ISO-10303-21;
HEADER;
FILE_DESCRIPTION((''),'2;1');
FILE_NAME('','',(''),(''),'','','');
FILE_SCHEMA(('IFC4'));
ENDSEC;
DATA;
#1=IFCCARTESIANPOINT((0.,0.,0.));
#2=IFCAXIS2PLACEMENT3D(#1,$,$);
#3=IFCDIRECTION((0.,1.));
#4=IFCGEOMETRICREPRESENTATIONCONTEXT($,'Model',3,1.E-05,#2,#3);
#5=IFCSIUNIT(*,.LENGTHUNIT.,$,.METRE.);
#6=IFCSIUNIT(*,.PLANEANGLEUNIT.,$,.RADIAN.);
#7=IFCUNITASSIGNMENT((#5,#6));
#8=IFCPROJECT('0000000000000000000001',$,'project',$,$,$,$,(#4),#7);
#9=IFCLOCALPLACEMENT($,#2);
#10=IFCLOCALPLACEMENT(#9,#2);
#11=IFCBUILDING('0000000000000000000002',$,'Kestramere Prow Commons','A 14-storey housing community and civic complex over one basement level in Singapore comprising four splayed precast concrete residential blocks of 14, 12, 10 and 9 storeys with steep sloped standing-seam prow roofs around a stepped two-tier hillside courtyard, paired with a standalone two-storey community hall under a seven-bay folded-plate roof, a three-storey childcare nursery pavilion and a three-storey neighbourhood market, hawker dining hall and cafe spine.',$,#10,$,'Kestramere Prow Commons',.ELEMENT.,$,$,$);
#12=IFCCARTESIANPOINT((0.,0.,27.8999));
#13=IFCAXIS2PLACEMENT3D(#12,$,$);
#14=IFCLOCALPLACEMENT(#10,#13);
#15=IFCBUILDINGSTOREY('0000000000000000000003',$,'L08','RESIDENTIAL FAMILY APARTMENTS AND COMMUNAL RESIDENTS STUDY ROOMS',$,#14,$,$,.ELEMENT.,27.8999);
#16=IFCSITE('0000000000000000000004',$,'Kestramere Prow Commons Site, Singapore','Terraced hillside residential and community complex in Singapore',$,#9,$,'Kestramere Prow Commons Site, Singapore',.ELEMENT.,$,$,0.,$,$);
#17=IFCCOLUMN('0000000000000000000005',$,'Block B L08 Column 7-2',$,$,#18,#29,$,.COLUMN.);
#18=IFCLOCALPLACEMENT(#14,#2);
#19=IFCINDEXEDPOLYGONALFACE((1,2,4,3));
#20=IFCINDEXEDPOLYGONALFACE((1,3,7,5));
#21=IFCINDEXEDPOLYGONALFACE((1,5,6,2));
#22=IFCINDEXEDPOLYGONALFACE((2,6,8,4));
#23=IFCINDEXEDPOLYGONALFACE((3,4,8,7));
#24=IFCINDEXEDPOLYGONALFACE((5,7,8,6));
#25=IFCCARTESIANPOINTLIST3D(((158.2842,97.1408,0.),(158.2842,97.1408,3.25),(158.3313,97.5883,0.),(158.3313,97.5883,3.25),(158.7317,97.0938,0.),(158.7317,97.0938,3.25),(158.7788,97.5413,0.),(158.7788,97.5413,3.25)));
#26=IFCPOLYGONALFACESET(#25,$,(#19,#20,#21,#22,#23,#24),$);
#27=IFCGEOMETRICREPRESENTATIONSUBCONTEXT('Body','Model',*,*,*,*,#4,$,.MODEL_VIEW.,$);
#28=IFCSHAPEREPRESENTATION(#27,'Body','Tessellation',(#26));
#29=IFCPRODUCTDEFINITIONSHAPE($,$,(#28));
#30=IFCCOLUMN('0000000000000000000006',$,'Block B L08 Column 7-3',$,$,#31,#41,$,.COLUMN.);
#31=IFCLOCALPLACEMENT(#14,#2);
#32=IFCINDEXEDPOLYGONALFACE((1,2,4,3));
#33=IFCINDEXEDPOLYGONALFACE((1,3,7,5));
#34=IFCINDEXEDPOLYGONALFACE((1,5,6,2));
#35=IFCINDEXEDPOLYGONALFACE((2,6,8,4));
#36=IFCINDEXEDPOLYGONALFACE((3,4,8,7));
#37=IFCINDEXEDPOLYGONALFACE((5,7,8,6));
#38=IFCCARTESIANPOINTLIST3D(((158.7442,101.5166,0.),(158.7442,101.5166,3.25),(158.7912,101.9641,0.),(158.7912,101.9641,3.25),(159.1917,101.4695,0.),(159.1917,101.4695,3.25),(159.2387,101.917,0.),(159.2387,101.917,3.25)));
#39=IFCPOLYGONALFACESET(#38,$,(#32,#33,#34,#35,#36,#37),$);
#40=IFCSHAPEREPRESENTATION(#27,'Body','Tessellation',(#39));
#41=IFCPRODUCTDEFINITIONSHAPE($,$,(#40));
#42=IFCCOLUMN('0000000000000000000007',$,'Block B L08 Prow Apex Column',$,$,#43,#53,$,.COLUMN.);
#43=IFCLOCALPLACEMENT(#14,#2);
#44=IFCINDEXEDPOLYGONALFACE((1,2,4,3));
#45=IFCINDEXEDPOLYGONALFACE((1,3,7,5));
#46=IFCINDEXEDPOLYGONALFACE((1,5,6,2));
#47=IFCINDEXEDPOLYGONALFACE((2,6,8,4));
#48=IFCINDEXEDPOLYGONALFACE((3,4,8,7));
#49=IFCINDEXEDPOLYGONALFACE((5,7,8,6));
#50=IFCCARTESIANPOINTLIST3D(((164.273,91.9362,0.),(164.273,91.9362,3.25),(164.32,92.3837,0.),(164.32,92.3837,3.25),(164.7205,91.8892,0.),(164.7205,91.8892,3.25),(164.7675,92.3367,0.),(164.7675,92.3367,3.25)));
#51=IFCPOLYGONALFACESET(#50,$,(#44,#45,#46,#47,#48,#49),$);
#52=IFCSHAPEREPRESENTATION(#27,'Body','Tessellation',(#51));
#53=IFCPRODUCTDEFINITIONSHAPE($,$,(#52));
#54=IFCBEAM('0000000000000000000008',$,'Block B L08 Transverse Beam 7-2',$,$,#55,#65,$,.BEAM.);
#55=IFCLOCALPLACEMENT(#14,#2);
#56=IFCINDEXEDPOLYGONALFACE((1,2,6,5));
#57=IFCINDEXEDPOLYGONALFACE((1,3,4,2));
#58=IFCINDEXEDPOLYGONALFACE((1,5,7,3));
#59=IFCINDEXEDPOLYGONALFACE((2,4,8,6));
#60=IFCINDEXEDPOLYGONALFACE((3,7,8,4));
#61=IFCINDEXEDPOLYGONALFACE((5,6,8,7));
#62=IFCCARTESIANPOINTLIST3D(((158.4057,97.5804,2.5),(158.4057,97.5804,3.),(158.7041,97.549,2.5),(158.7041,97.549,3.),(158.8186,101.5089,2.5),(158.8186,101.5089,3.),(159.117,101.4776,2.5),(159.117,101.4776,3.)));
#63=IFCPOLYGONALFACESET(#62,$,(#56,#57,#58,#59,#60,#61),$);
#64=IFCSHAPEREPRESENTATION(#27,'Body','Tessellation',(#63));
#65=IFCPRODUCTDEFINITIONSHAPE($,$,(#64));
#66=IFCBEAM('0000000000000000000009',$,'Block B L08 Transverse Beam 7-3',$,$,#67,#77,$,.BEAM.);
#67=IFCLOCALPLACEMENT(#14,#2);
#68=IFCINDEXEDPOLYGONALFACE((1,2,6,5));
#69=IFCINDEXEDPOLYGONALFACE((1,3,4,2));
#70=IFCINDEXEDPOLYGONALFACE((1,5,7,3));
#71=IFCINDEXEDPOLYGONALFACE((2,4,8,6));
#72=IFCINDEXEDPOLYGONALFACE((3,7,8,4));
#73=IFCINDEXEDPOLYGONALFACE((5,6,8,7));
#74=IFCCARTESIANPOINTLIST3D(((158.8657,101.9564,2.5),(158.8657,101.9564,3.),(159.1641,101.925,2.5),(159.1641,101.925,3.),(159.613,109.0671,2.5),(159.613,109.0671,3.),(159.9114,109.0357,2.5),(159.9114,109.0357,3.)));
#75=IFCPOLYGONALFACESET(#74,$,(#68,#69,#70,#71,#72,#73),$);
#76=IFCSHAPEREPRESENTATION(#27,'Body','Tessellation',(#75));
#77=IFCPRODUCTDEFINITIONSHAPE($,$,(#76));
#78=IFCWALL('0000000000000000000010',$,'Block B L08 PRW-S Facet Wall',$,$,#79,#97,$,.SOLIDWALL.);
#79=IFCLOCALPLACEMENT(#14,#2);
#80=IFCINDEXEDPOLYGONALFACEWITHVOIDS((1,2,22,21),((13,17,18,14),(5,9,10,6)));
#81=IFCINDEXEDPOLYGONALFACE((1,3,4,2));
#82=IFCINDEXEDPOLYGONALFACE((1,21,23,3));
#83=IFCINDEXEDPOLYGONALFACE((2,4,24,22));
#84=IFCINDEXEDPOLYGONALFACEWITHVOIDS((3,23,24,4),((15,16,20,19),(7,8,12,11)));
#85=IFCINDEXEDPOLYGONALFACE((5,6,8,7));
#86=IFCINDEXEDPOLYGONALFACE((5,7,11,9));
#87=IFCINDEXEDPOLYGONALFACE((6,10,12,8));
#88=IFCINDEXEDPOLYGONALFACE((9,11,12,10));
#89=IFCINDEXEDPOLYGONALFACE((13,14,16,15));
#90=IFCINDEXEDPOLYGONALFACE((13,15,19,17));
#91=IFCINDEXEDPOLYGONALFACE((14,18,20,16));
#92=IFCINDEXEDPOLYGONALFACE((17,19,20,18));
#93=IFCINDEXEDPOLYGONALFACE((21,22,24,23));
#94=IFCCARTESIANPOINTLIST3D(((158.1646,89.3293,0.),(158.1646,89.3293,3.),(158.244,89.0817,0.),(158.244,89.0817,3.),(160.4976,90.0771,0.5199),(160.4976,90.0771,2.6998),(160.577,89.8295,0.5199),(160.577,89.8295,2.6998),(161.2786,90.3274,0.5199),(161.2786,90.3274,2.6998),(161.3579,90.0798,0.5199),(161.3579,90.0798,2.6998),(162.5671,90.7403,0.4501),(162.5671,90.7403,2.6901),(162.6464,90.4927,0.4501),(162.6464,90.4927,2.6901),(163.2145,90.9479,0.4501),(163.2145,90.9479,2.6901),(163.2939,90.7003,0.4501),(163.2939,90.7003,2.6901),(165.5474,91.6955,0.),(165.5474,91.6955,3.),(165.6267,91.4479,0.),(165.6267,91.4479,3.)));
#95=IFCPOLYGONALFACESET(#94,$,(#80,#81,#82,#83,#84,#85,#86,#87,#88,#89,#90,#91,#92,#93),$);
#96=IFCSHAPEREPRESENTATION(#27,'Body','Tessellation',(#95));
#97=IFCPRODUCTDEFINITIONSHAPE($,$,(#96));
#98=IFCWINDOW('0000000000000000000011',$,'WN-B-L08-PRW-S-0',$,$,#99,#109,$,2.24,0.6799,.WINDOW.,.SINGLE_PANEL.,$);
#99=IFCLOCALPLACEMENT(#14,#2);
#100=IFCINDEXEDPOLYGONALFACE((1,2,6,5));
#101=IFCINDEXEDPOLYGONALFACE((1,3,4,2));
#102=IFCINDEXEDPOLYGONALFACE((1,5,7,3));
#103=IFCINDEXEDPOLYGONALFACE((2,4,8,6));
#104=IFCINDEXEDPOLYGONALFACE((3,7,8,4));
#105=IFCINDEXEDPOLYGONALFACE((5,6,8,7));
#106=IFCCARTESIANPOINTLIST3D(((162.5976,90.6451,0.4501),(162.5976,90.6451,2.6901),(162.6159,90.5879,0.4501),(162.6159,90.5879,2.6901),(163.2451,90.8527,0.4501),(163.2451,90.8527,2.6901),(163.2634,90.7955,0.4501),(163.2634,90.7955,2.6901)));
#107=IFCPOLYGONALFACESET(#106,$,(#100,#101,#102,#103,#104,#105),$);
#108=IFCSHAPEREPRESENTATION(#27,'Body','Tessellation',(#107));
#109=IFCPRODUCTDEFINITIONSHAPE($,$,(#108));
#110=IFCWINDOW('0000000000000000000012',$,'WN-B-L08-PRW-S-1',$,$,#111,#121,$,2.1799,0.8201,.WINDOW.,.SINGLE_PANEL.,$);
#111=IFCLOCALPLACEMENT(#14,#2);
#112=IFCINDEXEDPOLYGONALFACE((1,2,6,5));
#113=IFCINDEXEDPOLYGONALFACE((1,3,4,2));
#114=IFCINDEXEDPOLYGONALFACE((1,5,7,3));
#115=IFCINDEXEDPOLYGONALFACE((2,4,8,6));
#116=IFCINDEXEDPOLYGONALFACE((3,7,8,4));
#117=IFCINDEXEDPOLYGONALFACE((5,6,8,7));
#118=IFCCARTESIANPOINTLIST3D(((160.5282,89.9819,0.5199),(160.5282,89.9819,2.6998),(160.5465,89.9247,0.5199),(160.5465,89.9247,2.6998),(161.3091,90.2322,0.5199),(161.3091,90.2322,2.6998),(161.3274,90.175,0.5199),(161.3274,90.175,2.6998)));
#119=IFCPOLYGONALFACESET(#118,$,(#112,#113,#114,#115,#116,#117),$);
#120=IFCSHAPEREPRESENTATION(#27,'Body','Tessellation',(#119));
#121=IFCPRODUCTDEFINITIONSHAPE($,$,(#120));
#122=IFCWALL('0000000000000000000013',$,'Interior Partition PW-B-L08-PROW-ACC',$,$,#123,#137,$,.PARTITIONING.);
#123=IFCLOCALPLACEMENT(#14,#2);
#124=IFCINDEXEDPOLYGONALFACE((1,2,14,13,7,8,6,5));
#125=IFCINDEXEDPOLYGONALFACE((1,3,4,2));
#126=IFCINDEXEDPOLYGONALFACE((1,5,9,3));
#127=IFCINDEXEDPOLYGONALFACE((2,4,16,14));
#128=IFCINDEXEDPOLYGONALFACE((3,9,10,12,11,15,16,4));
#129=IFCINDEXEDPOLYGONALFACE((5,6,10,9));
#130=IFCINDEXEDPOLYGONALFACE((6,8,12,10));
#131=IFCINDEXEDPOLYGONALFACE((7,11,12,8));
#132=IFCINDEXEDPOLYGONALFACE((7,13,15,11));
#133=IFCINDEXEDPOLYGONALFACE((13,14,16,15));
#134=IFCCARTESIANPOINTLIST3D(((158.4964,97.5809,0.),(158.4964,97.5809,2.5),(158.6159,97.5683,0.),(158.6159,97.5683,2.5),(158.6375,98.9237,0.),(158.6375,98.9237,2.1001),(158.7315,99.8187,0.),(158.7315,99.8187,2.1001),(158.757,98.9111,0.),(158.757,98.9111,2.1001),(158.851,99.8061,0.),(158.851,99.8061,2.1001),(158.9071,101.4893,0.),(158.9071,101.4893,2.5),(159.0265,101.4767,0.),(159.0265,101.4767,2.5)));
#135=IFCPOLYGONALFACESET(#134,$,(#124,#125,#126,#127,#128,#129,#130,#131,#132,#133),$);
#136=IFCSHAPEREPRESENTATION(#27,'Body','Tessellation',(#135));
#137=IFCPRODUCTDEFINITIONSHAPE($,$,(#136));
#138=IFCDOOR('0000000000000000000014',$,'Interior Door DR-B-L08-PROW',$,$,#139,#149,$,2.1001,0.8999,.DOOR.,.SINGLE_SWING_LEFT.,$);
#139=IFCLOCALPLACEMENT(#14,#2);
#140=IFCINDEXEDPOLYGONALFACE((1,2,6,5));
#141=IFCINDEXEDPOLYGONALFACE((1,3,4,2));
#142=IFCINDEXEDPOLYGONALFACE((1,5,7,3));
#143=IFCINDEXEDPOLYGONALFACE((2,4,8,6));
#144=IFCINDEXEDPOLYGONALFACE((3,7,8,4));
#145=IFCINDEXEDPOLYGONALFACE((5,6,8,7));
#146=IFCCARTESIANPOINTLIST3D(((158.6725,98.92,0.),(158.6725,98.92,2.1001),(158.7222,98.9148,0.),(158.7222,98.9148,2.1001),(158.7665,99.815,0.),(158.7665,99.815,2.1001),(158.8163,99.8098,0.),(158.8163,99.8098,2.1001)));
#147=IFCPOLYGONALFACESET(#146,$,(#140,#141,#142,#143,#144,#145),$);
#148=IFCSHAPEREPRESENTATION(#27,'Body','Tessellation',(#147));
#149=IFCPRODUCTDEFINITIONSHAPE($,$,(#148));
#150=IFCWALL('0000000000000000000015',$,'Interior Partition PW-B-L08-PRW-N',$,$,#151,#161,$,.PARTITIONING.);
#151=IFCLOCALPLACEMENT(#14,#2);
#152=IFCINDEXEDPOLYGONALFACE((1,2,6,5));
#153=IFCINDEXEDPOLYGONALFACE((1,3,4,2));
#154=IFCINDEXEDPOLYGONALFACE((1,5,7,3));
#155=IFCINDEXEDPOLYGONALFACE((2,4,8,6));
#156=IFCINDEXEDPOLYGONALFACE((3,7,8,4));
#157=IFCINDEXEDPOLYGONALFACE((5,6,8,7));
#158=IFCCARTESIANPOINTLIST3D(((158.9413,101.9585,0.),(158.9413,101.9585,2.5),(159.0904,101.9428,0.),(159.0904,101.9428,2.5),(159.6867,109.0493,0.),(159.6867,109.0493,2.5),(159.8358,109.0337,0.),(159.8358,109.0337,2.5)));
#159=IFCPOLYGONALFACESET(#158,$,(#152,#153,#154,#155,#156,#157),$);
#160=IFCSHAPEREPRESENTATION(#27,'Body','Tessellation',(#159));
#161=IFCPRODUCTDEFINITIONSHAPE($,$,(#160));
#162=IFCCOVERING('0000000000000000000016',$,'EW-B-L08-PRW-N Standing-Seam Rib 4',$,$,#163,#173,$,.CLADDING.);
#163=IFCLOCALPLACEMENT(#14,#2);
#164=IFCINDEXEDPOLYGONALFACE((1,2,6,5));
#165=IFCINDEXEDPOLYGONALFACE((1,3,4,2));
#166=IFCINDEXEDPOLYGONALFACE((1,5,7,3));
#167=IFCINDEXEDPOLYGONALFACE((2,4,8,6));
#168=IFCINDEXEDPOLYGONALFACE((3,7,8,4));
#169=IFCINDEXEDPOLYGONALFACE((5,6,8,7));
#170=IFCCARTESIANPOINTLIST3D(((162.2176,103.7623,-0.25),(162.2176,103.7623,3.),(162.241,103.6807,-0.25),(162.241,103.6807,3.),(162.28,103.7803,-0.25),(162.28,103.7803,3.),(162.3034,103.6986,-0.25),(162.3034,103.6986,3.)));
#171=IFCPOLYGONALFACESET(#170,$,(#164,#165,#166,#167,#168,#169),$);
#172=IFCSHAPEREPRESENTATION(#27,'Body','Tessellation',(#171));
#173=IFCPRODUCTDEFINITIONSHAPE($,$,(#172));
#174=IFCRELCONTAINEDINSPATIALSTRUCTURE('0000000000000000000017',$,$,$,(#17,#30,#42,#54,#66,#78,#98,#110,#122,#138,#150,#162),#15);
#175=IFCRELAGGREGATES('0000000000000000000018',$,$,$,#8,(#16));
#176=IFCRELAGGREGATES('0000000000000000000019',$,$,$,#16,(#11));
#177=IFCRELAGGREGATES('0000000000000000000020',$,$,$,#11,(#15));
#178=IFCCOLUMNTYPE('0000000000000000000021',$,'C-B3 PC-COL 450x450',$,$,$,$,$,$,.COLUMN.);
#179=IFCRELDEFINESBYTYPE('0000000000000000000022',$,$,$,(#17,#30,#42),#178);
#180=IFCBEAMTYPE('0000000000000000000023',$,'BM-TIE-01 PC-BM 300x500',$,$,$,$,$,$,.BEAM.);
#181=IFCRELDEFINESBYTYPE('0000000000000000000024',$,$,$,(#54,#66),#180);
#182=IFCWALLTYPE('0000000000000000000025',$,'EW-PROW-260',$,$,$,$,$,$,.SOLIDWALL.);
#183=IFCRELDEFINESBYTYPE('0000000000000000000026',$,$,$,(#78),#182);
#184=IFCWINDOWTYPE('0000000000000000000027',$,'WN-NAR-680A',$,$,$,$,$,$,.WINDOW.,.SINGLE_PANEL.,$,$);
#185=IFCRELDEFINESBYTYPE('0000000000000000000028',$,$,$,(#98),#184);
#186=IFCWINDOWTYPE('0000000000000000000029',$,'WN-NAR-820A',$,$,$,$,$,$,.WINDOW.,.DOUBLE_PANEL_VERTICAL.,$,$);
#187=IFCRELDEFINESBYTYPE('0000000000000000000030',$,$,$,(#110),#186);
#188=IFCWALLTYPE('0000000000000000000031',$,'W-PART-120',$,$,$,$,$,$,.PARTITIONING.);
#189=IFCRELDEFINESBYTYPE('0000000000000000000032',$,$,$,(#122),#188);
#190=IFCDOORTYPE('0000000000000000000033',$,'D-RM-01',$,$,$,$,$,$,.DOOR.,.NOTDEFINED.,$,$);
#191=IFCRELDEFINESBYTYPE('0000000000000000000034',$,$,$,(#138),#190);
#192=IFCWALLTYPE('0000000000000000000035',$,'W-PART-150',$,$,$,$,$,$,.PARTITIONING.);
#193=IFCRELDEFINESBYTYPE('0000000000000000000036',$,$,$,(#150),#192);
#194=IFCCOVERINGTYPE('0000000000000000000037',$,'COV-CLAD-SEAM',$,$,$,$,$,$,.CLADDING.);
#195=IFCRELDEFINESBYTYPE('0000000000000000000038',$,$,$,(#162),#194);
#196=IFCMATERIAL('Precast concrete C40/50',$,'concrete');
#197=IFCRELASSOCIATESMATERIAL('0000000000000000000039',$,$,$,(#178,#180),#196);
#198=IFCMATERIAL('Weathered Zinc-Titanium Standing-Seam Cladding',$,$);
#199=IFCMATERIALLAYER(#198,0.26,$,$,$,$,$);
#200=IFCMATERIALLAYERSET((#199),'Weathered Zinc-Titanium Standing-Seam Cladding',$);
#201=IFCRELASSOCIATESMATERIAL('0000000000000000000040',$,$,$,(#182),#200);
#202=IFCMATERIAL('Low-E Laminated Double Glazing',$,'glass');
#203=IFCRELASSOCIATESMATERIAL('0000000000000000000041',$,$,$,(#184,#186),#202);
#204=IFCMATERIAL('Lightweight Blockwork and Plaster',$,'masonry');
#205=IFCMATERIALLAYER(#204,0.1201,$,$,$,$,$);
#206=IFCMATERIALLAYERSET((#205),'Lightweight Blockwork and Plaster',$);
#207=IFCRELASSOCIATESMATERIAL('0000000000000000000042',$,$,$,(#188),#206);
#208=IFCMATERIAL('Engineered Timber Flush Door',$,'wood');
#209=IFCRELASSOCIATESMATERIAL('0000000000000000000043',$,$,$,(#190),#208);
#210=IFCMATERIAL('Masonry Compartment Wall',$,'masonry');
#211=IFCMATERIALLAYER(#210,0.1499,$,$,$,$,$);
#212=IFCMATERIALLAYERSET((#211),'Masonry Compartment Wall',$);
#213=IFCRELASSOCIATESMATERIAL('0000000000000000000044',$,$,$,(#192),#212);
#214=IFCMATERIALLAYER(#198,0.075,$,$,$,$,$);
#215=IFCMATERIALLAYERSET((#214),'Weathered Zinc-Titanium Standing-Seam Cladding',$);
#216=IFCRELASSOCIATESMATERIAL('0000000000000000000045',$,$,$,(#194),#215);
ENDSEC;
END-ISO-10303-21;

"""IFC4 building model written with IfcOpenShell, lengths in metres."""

from ifc_helpers import new_model, si_unit, direction, frame, frame_2d, origin, origin_2d, place, context, subcontext, project, spatial, rectangle, extrude, material, layer, layer_set, material_profile, profile_set, type_object, element, fill, save


model = new_model("IFC4")

# Units and contexts
model_context = context("Model", 3, precision=1e-05, world=origin(), true_north=direction((0.0, 1.0)))
body_context = subcontext(model_context, "Body", "Model", "MODEL_VIEW")
ifc_project = project(units=[si_unit("LENGTHUNIT", "METRE"), si_unit("PLANEANGLEUNIT", "RADIAN")], contexts=[model_context])

# Site, building, storey
site_placement = place(None, origin())
site = spatial("IfcSite", under=ifc_project, at=site_placement, Name="Kestramere Prow Commons Site, Singapore", Description="Terraced hillside residential and community complex in Singapore", LongName="Kestramere Prow Commons Site, Singapore", CompositionType="ELEMENT", RefElevation=0.0)
building_placement = place(site_placement, origin())
building = spatial("IfcBuilding", under=site, at=building_placement, Name="Kestramere Prow Commons", Description="A 14-storey housing community and civic complex over one basement level in Singapore comprising four splayed precast concrete residential blocks of 14, 12, 10 and 9 storeys with steep sloped standing-seam prow roofs around a stepped two-tier hillside courtyard, paired with a standalone two-storey community hall under a seven-bay folded-plate roof, a three-storey childcare nursery pavilion and a three-storey neighbourhood market, hawker dining hall and cafe spine.", LongName="Kestramere Prow Commons", CompositionType="ELEMENT")
storey_placement = place(building_placement, frame((0.0, 0.0, 27.8999)))
storey = spatial("IfcBuildingStorey", under=building, at=storey_placement, Name="L08", Description="RESIDENTIAL FAMILY APARTMENTS AND COMMUNAL RESIDENTS STUDY ROOMS", CompositionType="ELEMENT", Elevation=27.8999)

# Columns
ifc_material_1 = material(Name="Precast concrete C40/50", Category="concrete")
ifc_material_profile_1 = material_profile(ifc_material_1, rectangle(XDim=0.45, YDim=0.45, at=origin_2d()), Name="PC-COL 450x450")
ifc_profile_set_1 = profile_set([ifc_material_profile_1], Name="Precast concrete C40/50")
column_type = type_object("IfcColumnType", Name="C-B3 PC-COL 450x450", PredefinedType="COLUMN", material=ifc_profile_set_1)
for number, where, z_axis, x_axis, name in (
    (1, (158.5315, 97.3411, 0.0), (0.0, 0.0, 1.0), (0.994522, -0.104528, 0.0), "Block B L08 Column 7-2"),
    (2, (158.9915, 101.7168, 0.0), (0.0, 0.0, 1.0), (0.994522, -0.104528, 0.0), "Block B L08 Column 7-3"),
    (3, (164.5203, 92.1365, 0.0), (0.0, 0.0, 1.0), (0.994522, -0.104528, 0.0), "Block B L08 Prow Apex Column"),
):
    element("IfcColumn", number, at=place(storey_placement, frame(where, z_axis=z_axis, x_axis=x_axis)), inside=storey, type_object=column_type, Name=name, PredefinedType="COLUMN", context=body_context, shape_type="SweptSolid", body=[
        extrude(rectangle(XDim=0.45, YDim=0.45, at=origin_2d()), origin(), (0.0, 0.0, 1.0), 3.25),
    ])

# Beams
ifc_material_profile_2 = material_profile(ifc_material_1, rectangle(XDim=0.3, YDim=0.5, at=origin_2d()), Name="PC-BM 300x500")
ifc_profile_set_2 = profile_set([ifc_material_profile_2], Name="Precast concrete C40/50")
beam_type = type_object("IfcBeamType", Name="BM-TIE-01 PC-BM 300x500", PredefinedType="BEAM", material=ifc_profile_set_2)
beam_1_placement = place(storey_placement, frame((158.5549, 97.5647, 2.75), z_axis=(0.104514, 0.994523, 0.0), x_axis=(-0.994523, 0.104514, 0.0)))
element("IfcBeam", 4, at=beam_1_placement, inside=storey, type_object=beam_type, Name="Block B L08 Transverse Beam 7-2", PredefinedType="BEAM", context=body_context, shape_type="SweptSolid", body=[
    extrude(rectangle(XDim=0.3, YDim=0.5, at=origin_2d()), origin(), (0.0, 0.0, 1.0), 3.9502),
])
beam_2_placement = place(storey_placement, frame((159.0149, 101.9407, 2.75), z_axis=(0.104519, 0.994523, 0.0), x_axis=(-0.994523, 0.104519, 0.0)))
element("IfcBeam", 5, at=beam_2_placement, inside=storey, type_object=beam_type, Name="Block B L08 Transverse Beam 7-3", PredefinedType="BEAM", context=body_context, shape_type="SweptSolid", body=[
    extrude(rectangle(XDim=0.3, YDim=0.5, at=origin_2d()), origin(), (0.0, 0.0, 1.0), 7.1499),
])

# Wall, openings, windows
ifc_material_2 = material(Name="Weathered Zinc-Titanium Standing-Seam Cladding")
ifc_layer_1 = layer(ifc_material_2, 0.26)
ifc_layer_set_1 = layer_set([ifc_layer_1], Name="Weathered Zinc-Titanium Standing-Seam Cladding")
wall_type_1 = type_object("IfcWallType", Name="EW-PROW-260", PredefinedType="SOLIDWALL", material=ifc_layer_set_1)
wall_1_placement = place(storey_placement, frame((165.5872, 91.5718, 0.0), z_axis=(0.0, 0.0, 1.0), x_axis=(-0.952285, -0.30521, 0.0)))
wall_1 = element("IfcWall", 6, at=wall_1_placement, inside=storey, type_object=wall_type_1, Name="Block B L08 PRW-S Facet Wall", PredefinedType="SOLIDWALL", context=body_context, shape_type="SweptSolid", body=[
    extrude(rectangle(XDim=7.7527, YDim=0.26, at=frame_2d((3.8765, 0.0))), origin(), (0.0, 0.0, 1.0), 3.0),
])
opening_1_placement = place(wall_1_placement, frame((2.45, 0.0, 0.45)))
opening_1 = element("IfcOpeningElement", 7, at=opening_1_placement, cuts=wall_1, PredefinedType="OPENING", context=body_context, shape_type="SweptSolid", body=[
    extrude(rectangle(XDim=0.6799, YDim=2.24, at=frame_2d((0.3398, 1.1201))), frame((0.0, 0.145, 0.0), z_axis=(0.0, -1.0, 0.0), x_axis=(1.0, 0.0, 0.0)), (0.0, 0.0, 1.0), 0.29),
])
opening_2_placement = place(wall_1_placement, frame((4.4827, 0.0, 0.52)))
opening_2 = element("IfcOpeningElement", 8, at=opening_2_placement, cuts=wall_1, PredefinedType="OPENING", context=body_context, shape_type="SweptSolid", body=[
    extrude(rectangle(XDim=0.8201, YDim=2.1799, at=frame_2d((0.4102, 1.0898))), frame((0.0, 0.145, 0.0), z_axis=(0.0, -1.0, 0.0), x_axis=(1.0, 0.0, 0.0)), (0.0, 0.0, 1.0), 0.29),
])
ifc_material_3 = material(Name="Low-E Laminated Double Glazing", Category="glass")
window_type_1 = type_object("IfcWindowType", Name="WN-NAR-680A", PartitioningType="SINGLE_PANEL", PredefinedType="WINDOW", material=ifc_material_3)
window_1_placement = place(opening_1_placement, origin())
window_1 = element("IfcWindow", 9, at=window_1_placement, inside=storey, type_object=window_type_1, Name="WN-B-L08-PRW-S-0", OverallHeight=2.24, OverallWidth=0.6799, PartitioningType="SINGLE_PANEL", PredefinedType="WINDOW", context=body_context, shape_type="SweptSolid", body=[
    extrude(rectangle(XDim=0.6799, YDim=2.24, at=frame_2d((0.3398, 1.1201))), frame((0.0, 0.03, 0.0), z_axis=(0.0, -1.0, 0.0), x_axis=(1.0, 0.0, 0.0)), (0.0, 0.0, 1.0), 0.0601),
])
fill(opening_1, window_1)
window_type_2 = type_object("IfcWindowType", Name="WN-NAR-820A", PartitioningType="DOUBLE_PANEL_VERTICAL", PredefinedType="WINDOW", material=ifc_material_3)
window_2_placement = place(opening_2_placement, origin())
window_2 = element("IfcWindow", 10, at=window_2_placement, inside=storey, type_object=window_type_2, Name="WN-B-L08-PRW-S-1", OverallHeight=2.1799, OverallWidth=0.8201, PartitioningType="SINGLE_PANEL", PredefinedType="WINDOW", context=body_context, shape_type="SweptSolid", body=[
    extrude(rectangle(XDim=0.8201, YDim=2.1799, at=frame_2d((0.4102, 1.0898))), frame((0.0, 0.03, 0.0), z_axis=(0.0, -1.0, 0.0), x_axis=(1.0, 0.0, 0.0)), (0.0, 0.0, 1.0), 0.0601),
])
fill(opening_2, window_2)

# Wall, opening, door
ifc_material_4 = material(Name="Lightweight Blockwork and Plaster", Category="masonry")
ifc_layer_2 = layer(ifc_material_4, 0.1201)
ifc_layer_set_2 = layer_set([ifc_layer_2], Name="Lightweight Blockwork and Plaster")
wall_type_2 = type_object("IfcWallType", Name="W-PART-120", PredefinedType="PARTITIONING", material=ifc_layer_set_2)
wall_2_placement = place(storey_placement, frame((158.5562, 97.5747, 0.0), z_axis=(0.0, 0.0, 1.0), x_axis=(0.104491, 0.994526, 0.0)))
wall_2 = element("IfcWall", 11, at=wall_2_placement, inside=storey, type_object=wall_type_2, Name="Interior Partition PW-B-L08-PROW-ACC", PredefinedType="PARTITIONING", context=body_context, shape_type="SweptSolid", body=[
    extrude(rectangle(XDim=3.9299, YDim=0.1201, at=frame_2d((1.9648, 0.0))), origin(), (0.0, 0.0, 1.0), 2.5),
])
opening_3_placement = place(wall_2_placement, frame((1.3501, 0.0, 0.0)))
opening_3 = element("IfcOpeningElement", 12, at=opening_3_placement, cuts=wall_2, PredefinedType="OPENING", context=body_context, shape_type="SweptSolid", body=[
    extrude(rectangle(XDim=0.8999, YDim=2.1001, at=frame_2d((0.45, 1.05))), frame((0.0, 0.075, 0.0), z_axis=(0.0, -1.0, 0.0), x_axis=(1.0, 0.0, 0.0)), (0.0, 0.0, 1.0), 0.1501),
])
ifc_material_5 = material(Name="Engineered Timber Flush Door", Category="wood")
door_type_1 = type_object("IfcDoorType", Name="D-RM-01", OperationType="NOTDEFINED", PredefinedType="DOOR", material=ifc_material_5)
door_1_placement = place(opening_3_placement, origin())
door_1 = element("IfcDoor", 13, at=door_1_placement, inside=storey, type_object=door_type_1, Name="Interior Door DR-B-L08-PROW", OperationType="SINGLE_SWING_LEFT", OverallHeight=2.1001, OverallWidth=0.8999, PredefinedType="DOOR", context=body_context, shape_type="SweptSolid", body=[
    extrude(rectangle(XDim=0.8999, YDim=2.1001, at=frame_2d((0.45, 1.05))), frame((0.0, 0.0249, 0.0), z_axis=(0.0, -1.0, 0.0), x_axis=(1.0, 0.0, 0.0)), (0.0, 0.0, 1.0), 0.05),
])
fill(opening_3, door_1)

# Wall
ifc_material_6 = material(Name="Masonry Compartment Wall", Category="masonry")
ifc_layer_3 = layer(ifc_material_6, 0.1499)
ifc_layer_set_3 = layer_set([ifc_layer_3], Name="Masonry Compartment Wall")
wall_type_3 = type_object("IfcWallType", Name="W-PART-150", PredefinedType="PARTITIONING", material=ifc_layer_set_3)
wall_3_placement = place(storey_placement, frame((159.0159, 101.9507, 0.0), z_axis=(0.0, 0.0, 1.0), x_axis=(0.10454, 0.994521, 0.0)))
element("IfcWall", 14, at=wall_3_placement, inside=storey, type_object=wall_type_3, Name="Interior Partition PW-B-L08-PRW-N", PredefinedType="PARTITIONING", context=body_context, shape_type="SweptSolid", body=[
    extrude(rectangle(XDim=7.1299, YDim=0.1499, at=frame_2d((3.5649, 0.0))), origin(), (0.0, 0.0, 1.0), 2.5),
])

# Covering
ifc_layer_4 = layer(ifc_material_2, 0.075)
ifc_layer_set_4 = layer_set([ifc_layer_4], Name="Weathered Zinc-Titanium Standing-Seam Cladding")
covering_type = type_object("IfcCoveringType", Name="COV-CLAD-SEAM", PredefinedType="CLADDING", material=ifc_layer_set_4)
for number, where, z_axis, x_axis, name in (
    (15, (162.2605, 103.7305, -0.25), (0.0, 0.0, 1.0), (0.276318, -0.961066, 0.0), "EW-B-L08-PRW-N Standing-Seam Rib 4"),
):
    element("IfcCovering", number, at=place(storey_placement, frame(where, z_axis=z_axis, x_axis=x_axis)), inside=storey, type_object=covering_type, Name=name, PredefinedType="CLADDING", context=body_context, shape_type="SweptSolid", body=[
        extrude(rectangle(XDim=0.085, YDim=0.0649, at=origin_2d()), origin(), (0.0, 0.0, 1.0), 3.25),
    ])

save(model, "model.ifc")
